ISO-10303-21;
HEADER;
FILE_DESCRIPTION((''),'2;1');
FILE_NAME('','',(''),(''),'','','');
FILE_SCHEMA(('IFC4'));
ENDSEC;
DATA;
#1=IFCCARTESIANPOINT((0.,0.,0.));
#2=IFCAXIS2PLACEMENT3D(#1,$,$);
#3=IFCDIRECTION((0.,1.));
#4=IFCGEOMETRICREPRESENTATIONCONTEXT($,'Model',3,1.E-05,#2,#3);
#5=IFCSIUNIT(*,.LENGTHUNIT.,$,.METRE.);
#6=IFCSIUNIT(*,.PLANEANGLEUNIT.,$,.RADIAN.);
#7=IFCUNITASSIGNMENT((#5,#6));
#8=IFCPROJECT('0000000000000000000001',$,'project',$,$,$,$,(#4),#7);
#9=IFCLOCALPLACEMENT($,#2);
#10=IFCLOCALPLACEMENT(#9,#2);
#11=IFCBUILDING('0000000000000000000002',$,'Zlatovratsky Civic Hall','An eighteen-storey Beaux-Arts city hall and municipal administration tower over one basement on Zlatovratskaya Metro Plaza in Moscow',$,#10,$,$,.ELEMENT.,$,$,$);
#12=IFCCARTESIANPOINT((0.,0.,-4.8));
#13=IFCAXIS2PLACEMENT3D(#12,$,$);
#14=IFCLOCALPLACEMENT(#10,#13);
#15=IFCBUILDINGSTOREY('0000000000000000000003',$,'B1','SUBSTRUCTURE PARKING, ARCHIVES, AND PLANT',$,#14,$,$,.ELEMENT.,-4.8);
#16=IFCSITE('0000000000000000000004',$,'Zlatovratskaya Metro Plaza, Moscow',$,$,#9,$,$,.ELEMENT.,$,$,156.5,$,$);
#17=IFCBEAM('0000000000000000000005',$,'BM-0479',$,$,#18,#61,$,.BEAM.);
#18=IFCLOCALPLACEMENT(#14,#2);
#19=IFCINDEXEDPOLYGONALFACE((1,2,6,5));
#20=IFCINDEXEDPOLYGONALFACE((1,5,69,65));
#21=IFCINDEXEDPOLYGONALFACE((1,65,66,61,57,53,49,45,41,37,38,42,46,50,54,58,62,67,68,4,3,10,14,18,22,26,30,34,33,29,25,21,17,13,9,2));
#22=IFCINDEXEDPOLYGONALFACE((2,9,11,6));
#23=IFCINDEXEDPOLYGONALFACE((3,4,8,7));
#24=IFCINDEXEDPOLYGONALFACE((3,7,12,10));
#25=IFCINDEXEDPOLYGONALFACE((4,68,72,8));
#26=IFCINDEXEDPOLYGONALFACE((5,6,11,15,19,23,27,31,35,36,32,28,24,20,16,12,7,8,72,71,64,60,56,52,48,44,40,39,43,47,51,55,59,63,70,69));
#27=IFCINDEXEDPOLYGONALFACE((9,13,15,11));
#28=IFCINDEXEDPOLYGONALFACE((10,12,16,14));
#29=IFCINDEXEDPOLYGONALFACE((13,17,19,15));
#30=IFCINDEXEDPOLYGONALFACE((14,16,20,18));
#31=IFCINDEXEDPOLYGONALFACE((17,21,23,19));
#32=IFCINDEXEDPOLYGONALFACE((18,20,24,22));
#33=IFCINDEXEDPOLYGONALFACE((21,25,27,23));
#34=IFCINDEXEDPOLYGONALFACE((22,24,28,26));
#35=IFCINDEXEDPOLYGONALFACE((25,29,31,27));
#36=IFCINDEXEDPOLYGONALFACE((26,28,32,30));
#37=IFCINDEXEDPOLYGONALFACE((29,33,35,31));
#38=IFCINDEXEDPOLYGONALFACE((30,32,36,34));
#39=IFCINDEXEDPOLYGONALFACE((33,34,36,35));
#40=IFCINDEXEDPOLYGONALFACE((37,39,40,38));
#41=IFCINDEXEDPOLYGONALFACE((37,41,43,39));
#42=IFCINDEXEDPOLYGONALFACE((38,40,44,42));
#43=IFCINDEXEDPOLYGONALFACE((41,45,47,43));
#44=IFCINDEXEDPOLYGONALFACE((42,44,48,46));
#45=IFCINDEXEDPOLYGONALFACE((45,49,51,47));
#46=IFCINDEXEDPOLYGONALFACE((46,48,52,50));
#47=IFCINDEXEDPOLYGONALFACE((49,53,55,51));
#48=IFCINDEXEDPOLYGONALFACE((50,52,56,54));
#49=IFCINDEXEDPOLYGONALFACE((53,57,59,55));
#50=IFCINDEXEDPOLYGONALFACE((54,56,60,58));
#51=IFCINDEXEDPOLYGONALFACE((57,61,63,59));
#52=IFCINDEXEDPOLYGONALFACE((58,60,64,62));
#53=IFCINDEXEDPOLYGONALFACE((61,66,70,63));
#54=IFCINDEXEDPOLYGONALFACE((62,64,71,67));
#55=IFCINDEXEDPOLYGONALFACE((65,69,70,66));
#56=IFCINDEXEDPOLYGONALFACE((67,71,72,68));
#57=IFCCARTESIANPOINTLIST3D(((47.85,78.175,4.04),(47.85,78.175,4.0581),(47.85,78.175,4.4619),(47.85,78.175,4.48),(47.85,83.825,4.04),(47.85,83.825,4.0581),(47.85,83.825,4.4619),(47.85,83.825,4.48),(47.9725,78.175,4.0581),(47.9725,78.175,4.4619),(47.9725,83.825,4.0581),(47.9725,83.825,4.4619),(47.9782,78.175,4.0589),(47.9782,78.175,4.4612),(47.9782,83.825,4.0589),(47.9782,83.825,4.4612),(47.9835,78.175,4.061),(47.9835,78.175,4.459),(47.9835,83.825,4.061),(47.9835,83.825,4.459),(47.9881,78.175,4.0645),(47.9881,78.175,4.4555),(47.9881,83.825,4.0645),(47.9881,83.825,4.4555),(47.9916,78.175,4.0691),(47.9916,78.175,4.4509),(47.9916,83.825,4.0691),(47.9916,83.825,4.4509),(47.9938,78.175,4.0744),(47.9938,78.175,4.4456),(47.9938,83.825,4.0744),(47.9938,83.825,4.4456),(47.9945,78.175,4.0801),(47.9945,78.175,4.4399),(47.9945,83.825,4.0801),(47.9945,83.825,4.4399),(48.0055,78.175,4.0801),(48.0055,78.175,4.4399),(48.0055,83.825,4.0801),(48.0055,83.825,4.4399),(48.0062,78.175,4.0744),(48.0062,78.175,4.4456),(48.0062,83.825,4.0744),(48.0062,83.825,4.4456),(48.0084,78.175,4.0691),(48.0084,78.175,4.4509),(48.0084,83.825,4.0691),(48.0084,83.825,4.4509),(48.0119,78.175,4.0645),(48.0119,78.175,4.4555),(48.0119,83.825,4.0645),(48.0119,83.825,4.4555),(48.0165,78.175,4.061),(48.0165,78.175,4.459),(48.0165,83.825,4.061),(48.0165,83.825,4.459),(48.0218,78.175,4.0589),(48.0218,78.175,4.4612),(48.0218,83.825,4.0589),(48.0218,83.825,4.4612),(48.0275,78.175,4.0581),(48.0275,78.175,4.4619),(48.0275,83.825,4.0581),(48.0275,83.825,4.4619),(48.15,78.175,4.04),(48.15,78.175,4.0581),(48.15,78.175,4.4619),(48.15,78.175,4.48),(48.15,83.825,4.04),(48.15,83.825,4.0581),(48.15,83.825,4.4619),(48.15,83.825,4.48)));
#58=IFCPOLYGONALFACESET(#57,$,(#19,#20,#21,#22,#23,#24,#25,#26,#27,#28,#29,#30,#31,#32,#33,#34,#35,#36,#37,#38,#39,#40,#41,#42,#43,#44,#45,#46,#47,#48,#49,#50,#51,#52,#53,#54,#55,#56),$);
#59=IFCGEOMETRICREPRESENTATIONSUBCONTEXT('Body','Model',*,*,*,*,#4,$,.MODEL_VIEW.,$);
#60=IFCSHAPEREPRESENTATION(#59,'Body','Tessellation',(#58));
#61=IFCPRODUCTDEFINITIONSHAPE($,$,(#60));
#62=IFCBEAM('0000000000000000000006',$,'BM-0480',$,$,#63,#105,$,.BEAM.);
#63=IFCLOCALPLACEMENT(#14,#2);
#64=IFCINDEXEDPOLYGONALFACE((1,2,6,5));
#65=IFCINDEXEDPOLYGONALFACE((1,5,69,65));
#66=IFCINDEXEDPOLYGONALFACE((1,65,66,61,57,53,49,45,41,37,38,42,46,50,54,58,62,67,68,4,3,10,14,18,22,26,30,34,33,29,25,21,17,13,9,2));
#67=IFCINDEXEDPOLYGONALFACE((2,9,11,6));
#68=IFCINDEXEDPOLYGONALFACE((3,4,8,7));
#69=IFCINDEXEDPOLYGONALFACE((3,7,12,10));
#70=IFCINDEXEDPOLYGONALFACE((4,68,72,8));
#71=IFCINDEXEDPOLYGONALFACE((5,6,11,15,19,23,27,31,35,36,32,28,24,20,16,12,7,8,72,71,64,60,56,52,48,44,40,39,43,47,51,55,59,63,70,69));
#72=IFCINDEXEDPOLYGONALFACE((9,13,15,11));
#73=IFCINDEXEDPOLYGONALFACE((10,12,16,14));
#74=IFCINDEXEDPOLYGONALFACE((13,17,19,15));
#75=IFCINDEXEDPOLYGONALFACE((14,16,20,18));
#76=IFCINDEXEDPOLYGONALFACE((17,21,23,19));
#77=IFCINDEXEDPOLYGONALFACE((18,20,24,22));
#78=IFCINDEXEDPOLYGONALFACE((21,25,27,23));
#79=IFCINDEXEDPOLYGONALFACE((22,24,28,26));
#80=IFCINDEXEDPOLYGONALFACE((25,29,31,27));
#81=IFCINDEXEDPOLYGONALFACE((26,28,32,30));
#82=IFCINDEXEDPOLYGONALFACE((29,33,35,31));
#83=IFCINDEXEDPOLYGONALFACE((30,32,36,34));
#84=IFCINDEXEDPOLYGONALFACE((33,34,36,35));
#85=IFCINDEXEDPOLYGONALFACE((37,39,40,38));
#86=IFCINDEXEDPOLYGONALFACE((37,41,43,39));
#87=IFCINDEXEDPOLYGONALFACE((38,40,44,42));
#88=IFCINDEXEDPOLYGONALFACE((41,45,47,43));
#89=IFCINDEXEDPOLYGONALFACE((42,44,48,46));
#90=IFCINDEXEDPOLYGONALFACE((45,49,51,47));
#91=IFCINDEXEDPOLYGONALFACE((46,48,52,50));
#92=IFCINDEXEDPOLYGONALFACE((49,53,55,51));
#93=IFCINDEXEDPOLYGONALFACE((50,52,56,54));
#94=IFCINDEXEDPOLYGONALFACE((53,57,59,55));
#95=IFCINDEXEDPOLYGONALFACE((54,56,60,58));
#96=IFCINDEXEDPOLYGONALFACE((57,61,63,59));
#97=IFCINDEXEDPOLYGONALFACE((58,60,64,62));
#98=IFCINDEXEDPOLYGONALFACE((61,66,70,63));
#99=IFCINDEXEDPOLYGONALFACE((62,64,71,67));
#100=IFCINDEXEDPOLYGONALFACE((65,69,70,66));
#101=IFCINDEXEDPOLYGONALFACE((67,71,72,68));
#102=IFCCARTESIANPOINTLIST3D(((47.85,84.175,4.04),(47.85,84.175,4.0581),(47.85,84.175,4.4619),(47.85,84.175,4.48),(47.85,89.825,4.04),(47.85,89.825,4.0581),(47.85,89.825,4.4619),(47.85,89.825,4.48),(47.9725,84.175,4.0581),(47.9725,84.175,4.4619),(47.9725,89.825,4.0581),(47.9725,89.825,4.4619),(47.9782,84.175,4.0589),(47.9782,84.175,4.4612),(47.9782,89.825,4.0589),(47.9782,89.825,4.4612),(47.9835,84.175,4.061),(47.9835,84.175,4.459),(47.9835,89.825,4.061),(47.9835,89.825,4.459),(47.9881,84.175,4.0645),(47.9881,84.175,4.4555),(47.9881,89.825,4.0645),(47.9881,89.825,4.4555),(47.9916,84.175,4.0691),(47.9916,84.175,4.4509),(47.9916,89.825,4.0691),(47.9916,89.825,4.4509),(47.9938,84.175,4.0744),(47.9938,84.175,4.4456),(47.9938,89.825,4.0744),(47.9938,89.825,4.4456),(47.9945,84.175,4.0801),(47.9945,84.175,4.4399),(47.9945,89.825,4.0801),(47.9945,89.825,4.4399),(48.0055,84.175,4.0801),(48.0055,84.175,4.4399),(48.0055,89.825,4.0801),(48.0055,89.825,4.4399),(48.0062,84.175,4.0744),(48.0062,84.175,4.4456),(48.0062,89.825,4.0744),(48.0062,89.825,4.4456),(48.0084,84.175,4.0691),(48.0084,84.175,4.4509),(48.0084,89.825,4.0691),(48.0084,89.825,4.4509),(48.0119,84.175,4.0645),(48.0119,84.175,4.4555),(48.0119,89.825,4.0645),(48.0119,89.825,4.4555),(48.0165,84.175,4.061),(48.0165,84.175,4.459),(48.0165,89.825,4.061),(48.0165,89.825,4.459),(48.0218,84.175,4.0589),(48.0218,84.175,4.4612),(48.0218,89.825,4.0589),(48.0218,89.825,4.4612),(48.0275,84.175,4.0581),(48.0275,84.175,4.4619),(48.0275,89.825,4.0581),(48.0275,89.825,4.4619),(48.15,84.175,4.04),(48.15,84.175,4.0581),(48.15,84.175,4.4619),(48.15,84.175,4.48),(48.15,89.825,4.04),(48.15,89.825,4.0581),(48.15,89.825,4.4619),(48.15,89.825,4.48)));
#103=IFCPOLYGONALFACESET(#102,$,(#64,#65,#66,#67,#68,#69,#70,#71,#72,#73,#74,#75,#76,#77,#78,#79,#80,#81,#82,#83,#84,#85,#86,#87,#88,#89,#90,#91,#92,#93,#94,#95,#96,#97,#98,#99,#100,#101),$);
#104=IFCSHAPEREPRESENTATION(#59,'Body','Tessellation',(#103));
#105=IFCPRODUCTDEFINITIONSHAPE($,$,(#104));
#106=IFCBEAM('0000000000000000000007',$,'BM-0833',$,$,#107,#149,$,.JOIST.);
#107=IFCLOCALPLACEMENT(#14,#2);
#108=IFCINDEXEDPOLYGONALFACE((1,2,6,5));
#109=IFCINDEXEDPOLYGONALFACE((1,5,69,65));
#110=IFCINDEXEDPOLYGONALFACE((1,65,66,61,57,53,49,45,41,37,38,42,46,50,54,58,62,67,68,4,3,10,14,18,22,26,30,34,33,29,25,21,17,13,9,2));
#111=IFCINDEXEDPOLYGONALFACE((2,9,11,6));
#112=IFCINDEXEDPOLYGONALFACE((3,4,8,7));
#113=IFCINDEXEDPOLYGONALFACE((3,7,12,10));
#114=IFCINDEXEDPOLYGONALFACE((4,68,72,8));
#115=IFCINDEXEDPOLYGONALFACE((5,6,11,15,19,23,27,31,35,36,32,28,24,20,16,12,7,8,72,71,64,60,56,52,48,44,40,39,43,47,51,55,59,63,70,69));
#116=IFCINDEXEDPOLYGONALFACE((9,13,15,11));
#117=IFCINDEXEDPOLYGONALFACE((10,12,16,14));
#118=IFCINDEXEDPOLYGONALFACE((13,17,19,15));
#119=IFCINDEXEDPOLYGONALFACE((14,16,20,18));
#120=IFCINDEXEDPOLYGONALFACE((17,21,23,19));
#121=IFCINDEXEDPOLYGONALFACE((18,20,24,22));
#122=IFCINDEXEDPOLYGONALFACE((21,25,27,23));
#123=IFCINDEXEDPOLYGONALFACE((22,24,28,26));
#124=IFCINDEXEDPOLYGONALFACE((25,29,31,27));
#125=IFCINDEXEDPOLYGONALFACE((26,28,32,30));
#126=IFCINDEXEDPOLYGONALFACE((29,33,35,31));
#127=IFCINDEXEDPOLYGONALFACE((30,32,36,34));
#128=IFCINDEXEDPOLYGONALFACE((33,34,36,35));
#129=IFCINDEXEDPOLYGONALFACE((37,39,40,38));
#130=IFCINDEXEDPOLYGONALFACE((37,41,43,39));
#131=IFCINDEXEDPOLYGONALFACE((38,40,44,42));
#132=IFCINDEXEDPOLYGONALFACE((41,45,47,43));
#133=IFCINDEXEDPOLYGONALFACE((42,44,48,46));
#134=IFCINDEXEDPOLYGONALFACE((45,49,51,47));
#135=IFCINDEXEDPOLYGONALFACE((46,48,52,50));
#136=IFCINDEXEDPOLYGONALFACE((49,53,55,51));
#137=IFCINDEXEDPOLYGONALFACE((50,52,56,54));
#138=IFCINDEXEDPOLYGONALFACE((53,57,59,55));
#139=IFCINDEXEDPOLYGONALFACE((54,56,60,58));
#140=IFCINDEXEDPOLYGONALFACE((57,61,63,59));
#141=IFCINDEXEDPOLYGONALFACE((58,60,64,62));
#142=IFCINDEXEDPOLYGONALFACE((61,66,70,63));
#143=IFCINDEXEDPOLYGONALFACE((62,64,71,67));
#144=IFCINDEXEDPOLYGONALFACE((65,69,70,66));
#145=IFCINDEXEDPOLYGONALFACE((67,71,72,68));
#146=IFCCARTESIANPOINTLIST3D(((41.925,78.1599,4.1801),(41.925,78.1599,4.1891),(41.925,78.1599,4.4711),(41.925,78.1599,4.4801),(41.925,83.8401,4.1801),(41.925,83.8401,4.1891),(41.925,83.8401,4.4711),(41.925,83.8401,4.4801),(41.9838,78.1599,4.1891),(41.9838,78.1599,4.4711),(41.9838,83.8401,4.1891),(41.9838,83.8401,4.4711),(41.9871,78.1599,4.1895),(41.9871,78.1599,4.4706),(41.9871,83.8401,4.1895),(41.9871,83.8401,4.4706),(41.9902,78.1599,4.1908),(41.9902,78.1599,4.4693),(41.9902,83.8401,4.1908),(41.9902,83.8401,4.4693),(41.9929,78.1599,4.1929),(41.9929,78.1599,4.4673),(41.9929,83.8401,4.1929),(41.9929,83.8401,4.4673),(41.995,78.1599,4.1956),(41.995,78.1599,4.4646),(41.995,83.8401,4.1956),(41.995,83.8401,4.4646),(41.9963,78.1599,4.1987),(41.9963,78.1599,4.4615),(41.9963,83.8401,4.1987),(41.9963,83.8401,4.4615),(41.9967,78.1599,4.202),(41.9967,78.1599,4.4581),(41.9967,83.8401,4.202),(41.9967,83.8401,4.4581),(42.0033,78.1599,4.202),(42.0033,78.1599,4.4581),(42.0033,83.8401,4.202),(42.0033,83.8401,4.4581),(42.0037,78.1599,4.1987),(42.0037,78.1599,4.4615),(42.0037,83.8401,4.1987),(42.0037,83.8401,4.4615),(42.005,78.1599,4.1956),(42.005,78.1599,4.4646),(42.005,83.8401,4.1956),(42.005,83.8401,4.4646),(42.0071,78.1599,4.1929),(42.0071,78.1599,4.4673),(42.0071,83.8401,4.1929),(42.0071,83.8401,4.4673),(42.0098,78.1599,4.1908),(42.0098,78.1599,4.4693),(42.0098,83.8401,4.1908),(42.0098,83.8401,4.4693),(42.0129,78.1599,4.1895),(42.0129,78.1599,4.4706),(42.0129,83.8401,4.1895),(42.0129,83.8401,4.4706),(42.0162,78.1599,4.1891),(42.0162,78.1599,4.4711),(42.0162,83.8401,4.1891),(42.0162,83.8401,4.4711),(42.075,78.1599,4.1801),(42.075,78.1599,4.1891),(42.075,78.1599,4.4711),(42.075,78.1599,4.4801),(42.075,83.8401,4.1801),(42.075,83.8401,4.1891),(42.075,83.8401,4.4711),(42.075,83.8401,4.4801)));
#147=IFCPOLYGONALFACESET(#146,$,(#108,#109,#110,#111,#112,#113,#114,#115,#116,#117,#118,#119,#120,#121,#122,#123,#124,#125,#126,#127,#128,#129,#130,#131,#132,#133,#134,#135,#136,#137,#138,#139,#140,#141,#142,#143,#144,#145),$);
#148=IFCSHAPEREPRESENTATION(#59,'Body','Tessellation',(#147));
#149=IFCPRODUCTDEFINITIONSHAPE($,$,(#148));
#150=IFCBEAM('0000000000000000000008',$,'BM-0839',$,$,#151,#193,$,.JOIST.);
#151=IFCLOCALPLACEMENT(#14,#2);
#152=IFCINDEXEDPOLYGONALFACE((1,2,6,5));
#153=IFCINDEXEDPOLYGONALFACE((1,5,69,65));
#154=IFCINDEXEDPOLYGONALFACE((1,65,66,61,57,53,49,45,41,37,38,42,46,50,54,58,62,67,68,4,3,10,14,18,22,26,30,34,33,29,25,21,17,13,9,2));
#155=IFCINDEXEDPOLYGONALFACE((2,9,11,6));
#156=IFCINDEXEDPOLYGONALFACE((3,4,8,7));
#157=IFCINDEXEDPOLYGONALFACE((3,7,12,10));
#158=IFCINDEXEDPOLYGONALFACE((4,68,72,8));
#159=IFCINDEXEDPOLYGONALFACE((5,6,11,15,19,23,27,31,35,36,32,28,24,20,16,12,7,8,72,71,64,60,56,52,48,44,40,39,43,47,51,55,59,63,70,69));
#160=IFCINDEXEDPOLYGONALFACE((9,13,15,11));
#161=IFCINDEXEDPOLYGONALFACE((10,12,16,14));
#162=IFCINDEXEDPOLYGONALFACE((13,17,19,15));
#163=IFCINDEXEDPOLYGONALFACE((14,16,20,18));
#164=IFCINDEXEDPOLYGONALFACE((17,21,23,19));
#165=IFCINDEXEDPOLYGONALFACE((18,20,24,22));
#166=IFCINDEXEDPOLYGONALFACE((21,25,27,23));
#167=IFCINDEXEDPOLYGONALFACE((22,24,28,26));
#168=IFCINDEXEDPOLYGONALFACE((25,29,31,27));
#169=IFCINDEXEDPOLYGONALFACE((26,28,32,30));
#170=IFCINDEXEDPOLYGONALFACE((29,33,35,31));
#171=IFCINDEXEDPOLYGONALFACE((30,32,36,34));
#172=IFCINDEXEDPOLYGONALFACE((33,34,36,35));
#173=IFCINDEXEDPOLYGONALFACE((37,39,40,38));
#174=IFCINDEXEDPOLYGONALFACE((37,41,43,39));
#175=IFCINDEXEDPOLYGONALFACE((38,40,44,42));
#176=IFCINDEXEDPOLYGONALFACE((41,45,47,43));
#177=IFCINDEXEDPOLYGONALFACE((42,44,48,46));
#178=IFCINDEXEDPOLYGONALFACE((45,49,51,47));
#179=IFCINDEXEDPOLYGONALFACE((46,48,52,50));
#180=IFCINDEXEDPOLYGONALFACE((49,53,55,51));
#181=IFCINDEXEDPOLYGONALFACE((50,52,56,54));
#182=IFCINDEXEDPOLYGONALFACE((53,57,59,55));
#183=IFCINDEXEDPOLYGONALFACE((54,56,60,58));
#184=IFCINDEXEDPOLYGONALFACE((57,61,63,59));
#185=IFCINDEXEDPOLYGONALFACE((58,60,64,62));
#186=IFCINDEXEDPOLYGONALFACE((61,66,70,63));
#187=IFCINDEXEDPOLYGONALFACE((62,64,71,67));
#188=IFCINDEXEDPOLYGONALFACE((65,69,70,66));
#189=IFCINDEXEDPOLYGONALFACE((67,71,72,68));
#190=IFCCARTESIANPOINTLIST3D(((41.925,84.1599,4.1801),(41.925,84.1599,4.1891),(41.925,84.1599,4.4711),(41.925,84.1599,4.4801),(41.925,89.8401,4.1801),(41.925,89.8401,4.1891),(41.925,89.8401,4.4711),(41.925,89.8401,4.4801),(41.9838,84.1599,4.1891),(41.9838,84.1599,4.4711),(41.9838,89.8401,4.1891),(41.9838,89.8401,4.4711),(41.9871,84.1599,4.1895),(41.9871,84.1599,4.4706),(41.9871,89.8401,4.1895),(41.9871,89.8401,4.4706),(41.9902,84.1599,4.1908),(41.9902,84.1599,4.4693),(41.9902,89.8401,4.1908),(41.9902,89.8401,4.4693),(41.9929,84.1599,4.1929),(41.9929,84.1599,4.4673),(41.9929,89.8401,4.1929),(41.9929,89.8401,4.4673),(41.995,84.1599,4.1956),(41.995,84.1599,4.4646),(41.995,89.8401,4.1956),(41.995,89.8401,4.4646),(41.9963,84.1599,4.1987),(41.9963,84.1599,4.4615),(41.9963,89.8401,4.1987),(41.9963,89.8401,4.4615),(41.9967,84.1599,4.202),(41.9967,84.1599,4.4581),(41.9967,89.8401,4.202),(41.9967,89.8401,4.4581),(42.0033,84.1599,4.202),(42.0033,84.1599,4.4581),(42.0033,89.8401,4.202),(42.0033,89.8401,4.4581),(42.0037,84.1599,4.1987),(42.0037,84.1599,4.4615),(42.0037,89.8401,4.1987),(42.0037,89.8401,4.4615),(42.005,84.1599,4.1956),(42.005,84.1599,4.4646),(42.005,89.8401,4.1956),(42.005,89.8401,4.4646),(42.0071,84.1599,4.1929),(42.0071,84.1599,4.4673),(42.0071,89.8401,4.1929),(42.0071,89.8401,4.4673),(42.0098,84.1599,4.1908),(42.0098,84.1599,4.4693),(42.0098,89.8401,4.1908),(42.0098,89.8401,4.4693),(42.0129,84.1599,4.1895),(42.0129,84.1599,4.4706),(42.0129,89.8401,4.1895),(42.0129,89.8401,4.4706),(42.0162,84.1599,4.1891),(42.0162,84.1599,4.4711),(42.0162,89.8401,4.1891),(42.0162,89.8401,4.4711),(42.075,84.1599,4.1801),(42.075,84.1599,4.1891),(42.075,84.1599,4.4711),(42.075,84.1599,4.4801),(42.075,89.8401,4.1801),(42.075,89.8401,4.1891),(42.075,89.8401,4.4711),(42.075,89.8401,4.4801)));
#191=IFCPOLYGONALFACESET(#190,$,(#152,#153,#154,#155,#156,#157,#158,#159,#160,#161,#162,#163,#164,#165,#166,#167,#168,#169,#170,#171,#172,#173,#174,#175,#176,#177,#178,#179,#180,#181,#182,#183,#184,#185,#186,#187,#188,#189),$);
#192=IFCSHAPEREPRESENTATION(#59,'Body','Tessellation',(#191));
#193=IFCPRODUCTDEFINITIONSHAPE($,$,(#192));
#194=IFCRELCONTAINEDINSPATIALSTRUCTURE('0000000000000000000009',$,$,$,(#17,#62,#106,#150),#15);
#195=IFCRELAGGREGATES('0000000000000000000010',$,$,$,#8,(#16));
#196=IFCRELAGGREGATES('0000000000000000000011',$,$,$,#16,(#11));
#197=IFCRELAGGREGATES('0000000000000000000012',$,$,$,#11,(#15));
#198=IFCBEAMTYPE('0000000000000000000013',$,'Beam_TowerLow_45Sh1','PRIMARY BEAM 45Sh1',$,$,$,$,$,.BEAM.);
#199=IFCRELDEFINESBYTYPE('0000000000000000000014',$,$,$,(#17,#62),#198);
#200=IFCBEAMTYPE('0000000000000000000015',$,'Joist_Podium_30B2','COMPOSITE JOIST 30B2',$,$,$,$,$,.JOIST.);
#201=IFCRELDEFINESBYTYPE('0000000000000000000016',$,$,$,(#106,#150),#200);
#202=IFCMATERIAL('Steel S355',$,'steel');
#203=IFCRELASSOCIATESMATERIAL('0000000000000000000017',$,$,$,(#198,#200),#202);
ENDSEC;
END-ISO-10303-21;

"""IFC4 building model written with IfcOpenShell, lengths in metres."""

from ifc_helpers import new_model, si_unit, direction, frame, origin, origin_2d, place, context, subcontext, project, spatial, i_section, extrude, material, material_profile, profile_set, type_object, element, save


model = new_model("IFC4")

# Units and contexts
model_context = context("Model", 3, precision=1e-05, world=origin(), true_north=direction((0.0, 1.0)))
body_context = subcontext(model_context, "Body", "Model", "MODEL_VIEW")
ifc_project = project(units=[si_unit("LENGTHUNIT", "METRE"), si_unit("PLANEANGLEUNIT", "RADIAN")], contexts=[model_context])

# Site, building, storey
site_placement = place(None, origin())
site = spatial("IfcSite", under=ifc_project, at=site_placement, Name="Zlatovratskaya Metro Plaza, Moscow", CompositionType="ELEMENT", RefElevation=156.5)
building_placement = place(site_placement, origin())
building = spatial("IfcBuilding", under=site, at=building_placement, Name="Zlatovratsky Civic Hall", Description="An eighteen-storey Beaux-Arts city hall and municipal administration tower over one basement on Zlatovratskaya Metro Plaza in Moscow", CompositionType="ELEMENT")
storey_placement = place(building_placement, frame((0.0, 0.0, -4.8)))
storey = spatial("IfcBuildingStorey", under=building, at=storey_placement, Name="B1", Description="SUBSTRUCTURE PARKING, ARCHIVES, AND PLANT", CompositionType="ELEMENT", Elevation=-4.8)

# Shared definitions
ifc_material_1 = material(Name="Steel S355", Category="steel")

# Beams
ifc_material_profile_1 = material_profile(ifc_material_1, i_section(OverallWidth=0.3, OverallDepth=0.4399, WebThickness=0.011, FlangeThickness=0.0181, FilletRadius=0.022, at=origin_2d()), Name="45Sh1")
ifc_profile_set_1 = profile_set([ifc_material_profile_1], Name="Steel S355")
beam_type_1 = type_object("IfcBeamType", Name="Beam_TowerLow_45Sh1", Description="PRIMARY BEAM 45Sh1", PredefinedType="BEAM", material=ifc_profile_set_1)
for number, where, z_axis, x_axis, name in (
    (1, (48.0, 78.175, 4.26), (0.0, 1.0, 0.0), (-1.0, 0.0, 0.0), "BM-0479"),
    (2, (48.0, 84.175, 4.26), (0.0, 1.0, 0.0), (-1.0, 0.0, 0.0), "BM-0480"),
):
    element("IfcBeam", number, at=place(storey_placement, frame(where, z_axis=z_axis, x_axis=x_axis)), inside=storey, type_object=beam_type_1, Name=name, PredefinedType="BEAM", context=body_context, shape_type="SweptSolid", body=[
        extrude(i_section(OverallWidth=0.3, OverallDepth=0.4399, WebThickness=0.011, FlangeThickness=0.0181, FilletRadius=0.022, at=origin_2d()), origin(), (0.0, 0.0, 1.0), 5.6499),
    ])
ifc_material_profile_2 = material_profile(ifc_material_1, i_section(OverallWidth=0.1499, OverallDepth=0.3, WebThickness=0.0066, FlangeThickness=0.009, FilletRadius=0.0129, at=origin_2d()), Name="30B2")
ifc_profile_set_2 = profile_set([ifc_material_profile_2], Name="Steel S355")
beam_type_2 = type_object("IfcBeamType", Name="Joist_Podium_30B2", Description="COMPOSITE JOIST 30B2", PredefinedType="JOIST", material=ifc_profile_set_2)
for number, where, z_axis, x_axis, name in (
    (3, (42.0, 78.1599, 4.3301), (0.0, 1.0, 0.0), (-1.0, 0.0, 0.0), "BM-0833"),
    (4, (42.0, 84.1599, 4.3301), (0.0, 1.0, 0.0), (-1.0, 0.0, 0.0), "BM-0839"),
):
    element("IfcBeam", number, at=place(storey_placement, frame(where, z_axis=z_axis, x_axis=x_axis)), inside=storey, type_object=beam_type_2, Name=name, PredefinedType="JOIST", context=body_context, shape_type="SweptSolid", body=[
        extrude(i_section(OverallWidth=0.1499, OverallDepth=0.3, WebThickness=0.0066, FlangeThickness=0.009, FilletRadius=0.0129, at=origin_2d()), origin(), (0.0, 0.0, 1.0), 5.6802),
    ])

save(model, "model.ifc")
